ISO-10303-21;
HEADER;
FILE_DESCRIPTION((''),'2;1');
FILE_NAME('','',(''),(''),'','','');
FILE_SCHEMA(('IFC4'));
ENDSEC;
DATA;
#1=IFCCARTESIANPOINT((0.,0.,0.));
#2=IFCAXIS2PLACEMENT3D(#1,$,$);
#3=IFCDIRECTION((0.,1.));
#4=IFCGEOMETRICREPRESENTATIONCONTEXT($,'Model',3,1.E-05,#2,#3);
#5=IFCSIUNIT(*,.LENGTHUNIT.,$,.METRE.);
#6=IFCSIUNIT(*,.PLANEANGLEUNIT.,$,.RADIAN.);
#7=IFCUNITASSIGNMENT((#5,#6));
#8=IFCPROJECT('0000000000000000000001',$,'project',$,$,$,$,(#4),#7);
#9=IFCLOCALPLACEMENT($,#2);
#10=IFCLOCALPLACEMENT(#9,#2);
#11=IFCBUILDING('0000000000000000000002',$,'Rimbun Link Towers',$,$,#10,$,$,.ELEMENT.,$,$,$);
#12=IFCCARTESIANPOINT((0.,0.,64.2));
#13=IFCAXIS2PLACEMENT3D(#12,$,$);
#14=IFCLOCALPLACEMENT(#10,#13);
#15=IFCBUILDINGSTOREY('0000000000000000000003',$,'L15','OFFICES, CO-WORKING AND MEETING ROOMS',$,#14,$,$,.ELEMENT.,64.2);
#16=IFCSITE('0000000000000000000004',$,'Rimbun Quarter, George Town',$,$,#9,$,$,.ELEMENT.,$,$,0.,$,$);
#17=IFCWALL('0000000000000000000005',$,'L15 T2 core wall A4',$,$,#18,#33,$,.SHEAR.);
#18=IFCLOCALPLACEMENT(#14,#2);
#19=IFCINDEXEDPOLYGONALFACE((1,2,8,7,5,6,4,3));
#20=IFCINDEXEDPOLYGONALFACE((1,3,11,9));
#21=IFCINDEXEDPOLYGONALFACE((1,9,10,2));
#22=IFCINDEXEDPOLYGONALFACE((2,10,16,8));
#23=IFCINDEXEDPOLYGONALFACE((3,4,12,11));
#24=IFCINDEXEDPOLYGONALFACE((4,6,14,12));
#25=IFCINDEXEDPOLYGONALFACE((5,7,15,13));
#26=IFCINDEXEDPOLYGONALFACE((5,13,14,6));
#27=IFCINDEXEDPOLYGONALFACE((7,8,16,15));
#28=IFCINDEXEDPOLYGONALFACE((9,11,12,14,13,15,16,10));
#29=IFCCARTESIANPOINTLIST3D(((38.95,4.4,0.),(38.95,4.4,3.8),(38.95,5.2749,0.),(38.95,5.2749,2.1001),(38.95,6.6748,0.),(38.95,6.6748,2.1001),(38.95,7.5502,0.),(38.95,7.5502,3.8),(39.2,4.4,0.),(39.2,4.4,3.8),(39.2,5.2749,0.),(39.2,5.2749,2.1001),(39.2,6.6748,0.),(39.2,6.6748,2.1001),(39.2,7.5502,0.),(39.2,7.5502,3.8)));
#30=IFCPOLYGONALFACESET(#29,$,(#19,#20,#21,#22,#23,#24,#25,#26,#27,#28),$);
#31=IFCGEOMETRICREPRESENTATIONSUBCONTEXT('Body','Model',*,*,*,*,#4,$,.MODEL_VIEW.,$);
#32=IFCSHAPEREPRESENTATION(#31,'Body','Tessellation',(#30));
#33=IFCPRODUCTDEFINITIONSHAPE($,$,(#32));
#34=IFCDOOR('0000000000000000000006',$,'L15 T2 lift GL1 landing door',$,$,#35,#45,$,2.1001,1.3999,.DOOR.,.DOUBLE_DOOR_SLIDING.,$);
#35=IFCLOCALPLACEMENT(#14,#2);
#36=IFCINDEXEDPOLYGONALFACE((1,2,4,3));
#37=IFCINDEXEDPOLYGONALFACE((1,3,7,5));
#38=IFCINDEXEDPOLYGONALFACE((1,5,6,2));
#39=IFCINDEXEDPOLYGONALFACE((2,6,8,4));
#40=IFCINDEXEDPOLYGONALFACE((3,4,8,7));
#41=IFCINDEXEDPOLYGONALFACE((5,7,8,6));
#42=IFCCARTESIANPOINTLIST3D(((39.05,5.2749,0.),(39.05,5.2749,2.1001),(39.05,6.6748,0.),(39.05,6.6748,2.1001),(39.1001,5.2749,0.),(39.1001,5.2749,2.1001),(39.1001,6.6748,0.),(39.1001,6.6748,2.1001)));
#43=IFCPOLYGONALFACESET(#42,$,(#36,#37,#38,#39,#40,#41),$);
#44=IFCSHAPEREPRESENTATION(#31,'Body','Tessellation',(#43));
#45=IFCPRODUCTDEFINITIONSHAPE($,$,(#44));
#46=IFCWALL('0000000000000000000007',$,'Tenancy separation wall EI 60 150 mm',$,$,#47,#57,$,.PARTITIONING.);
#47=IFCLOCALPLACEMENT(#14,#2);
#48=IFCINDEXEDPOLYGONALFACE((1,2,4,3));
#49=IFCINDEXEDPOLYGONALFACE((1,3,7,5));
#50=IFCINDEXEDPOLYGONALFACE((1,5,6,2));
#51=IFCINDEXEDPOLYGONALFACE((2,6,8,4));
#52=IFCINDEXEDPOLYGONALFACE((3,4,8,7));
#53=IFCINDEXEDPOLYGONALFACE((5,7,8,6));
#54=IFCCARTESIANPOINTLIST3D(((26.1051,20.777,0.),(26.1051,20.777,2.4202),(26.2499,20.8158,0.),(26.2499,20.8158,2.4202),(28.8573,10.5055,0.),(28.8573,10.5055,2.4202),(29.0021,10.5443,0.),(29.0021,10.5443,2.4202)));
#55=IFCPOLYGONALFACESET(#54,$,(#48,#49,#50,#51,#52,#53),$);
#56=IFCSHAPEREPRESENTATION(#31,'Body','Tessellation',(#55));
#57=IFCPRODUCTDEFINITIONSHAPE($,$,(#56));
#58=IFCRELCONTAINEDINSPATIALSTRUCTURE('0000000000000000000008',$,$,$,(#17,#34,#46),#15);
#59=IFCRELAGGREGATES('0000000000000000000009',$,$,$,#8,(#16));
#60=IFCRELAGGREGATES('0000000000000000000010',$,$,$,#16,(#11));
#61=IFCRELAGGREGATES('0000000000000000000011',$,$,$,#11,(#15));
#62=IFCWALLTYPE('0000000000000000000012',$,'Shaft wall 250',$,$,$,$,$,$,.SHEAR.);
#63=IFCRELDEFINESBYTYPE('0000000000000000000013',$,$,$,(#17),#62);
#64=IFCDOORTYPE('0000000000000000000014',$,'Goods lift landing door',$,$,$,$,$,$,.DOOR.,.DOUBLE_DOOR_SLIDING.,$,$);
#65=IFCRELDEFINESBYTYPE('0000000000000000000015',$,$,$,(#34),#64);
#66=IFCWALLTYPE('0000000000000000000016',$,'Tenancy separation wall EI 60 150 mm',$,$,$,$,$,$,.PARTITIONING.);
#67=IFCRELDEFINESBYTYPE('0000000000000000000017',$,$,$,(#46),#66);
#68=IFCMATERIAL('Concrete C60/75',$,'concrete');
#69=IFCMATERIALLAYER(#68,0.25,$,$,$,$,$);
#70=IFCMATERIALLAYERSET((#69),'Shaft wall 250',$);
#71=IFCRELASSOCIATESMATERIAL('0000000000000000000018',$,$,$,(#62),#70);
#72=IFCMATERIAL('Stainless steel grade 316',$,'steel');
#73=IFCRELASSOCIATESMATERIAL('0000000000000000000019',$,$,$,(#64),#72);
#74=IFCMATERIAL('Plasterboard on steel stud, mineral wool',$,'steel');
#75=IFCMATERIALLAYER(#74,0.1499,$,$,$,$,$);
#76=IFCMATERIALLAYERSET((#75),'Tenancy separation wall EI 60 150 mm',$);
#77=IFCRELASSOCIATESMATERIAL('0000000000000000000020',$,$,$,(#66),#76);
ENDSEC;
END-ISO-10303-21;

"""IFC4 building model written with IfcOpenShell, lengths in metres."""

from ifc_helpers import new_model, si_unit, direction, frame, frame_2d, origin, place, context, subcontext, project, spatial, rectangle, extrude, material, layer, layer_set, type_object, element, fill, save


model = new_model("IFC4")

# Units and contexts
model_context = context("Model", 3, precision=1e-05, world=origin(), true_north=direction((0.0, 1.0)))
body_context = subcontext(model_context, "Body", "Model", "MODEL_VIEW")
ifc_project = project(units=[si_unit("LENGTHUNIT", "METRE"), si_unit("PLANEANGLEUNIT", "RADIAN")], contexts=[model_context])

# Site, building, storey
site_placement = place(None, origin())
site = spatial("IfcSite", under=ifc_project, at=site_placement, Name="Rimbun Quarter, George Town", CompositionType="ELEMENT", RefElevation=0.0)
building_placement = place(site_placement, origin())
building = spatial("IfcBuilding", under=site, at=building_placement, Name="Rimbun Link Towers", CompositionType="ELEMENT")
storey_placement = place(building_placement, frame((0.0, 0.0, 64.2)))
storey = spatial("IfcBuildingStorey", under=building, at=storey_placement, Name="L15", Description="OFFICES, CO-WORKING AND MEETING ROOMS", CompositionType="ELEMENT", Elevation=64.2)

# Shared definitions
ifc_material_1 = material(Name="Concrete C60/75", Category="concrete")
ifc_layer_1 = layer(ifc_material_1, 0.25)
ifc_layer_set_1 = layer_set([ifc_layer_1], Name="Shaft wall 250")
wall_type_1 = type_object("IfcWallType", Name="Shaft wall 250", PredefinedType="SHEAR", material=ifc_layer_set_1)

# Wall, opening, door
wall_1_placement = place(storey_placement, frame((39.075, 4.3999, 0.0), z_axis=(0.0, 0.0, 1.0), x_axis=(0.0, 1.0, 0.0)))
wall_1 = element("IfcWall", 1, at=wall_1_placement, inside=storey, type_object=wall_type_1, Name="L15 T2 core wall A4", PredefinedType="SHEAR", context=body_context, shape_type="SweptSolid", body=[
    extrude(rectangle(XDim=3.1501, YDim=0.25, at=frame_2d((1.5752, 0.0))), origin(), (0.0, 0.0, 1.0), 3.8),
])
opening_1_placement = place(wall_1_placement, frame((0.875, 0.0, 0.0)))
opening_1 = element("IfcOpeningElement", 2, at=opening_1_placement, cuts=wall_1, PredefinedType="OPENING", context=body_context, shape_type="SweptSolid", body=[
    extrude(rectangle(XDim=1.3999, YDim=2.1001, at=frame_2d((0.7, 1.05))), frame((0.0, 0.135, 0.0), z_axis=(0.0, -1.0, 0.0), x_axis=(1.0, 0.0, 0.0)), (0.0, 0.0, 1.0), 0.27),
])
ifc_material_2 = material(Name="Stainless steel grade 316", Category="steel")
door_type_1 = type_object("IfcDoorType", Name="Goods lift landing door", OperationType="DOUBLE_DOOR_SLIDING", PredefinedType="DOOR", material=ifc_material_2)
door_1_placement = place(opening_1_placement, origin())
door_1 = element("IfcDoor", 3, at=door_1_placement, inside=storey, type_object=door_type_1, Name="L15 T2 lift GL1 landing door", OperationType="DOUBLE_DOOR_SLIDING", OverallHeight=2.1001, OverallWidth=1.3999, PredefinedType="DOOR", context=body_context, shape_type="SweptSolid", body=[
    extrude(rectangle(XDim=1.3999, YDim=2.1001, at=frame_2d((0.7, 1.05))), frame((0.0, 0.0249, 0.0), z_axis=(0.0, -1.0, 0.0), x_axis=(1.0, 0.0, 0.0)), (0.0, 0.0, 1.0), 0.05),
])
fill(opening_1, door_1)

# Wall
ifc_material_3 = material(Name="Plasterboard on steel stud, mineral wool", Category="steel")
ifc_layer_2 = layer(ifc_material_3, 0.1499)
ifc_layer_set_2 = layer_set([ifc_layer_2], Name="Tenancy separation wall EI 60 150 mm")
wall_type_2 = type_object("IfcWallType", Name="Tenancy separation wall EI 60 150 mm", PredefinedType="PARTITIONING", material=ifc_layer_set_2)
wall_2_placement = place(storey_placement, frame((28.9297, 10.5249, 0.0), z_axis=(0.0, 0.0, 1.0), x_axis=(-0.258816, 0.965927, 0.0)))
element("IfcWall", 4, at=wall_2_placement, inside=storey, type_object=wall_type_2, Name="Tenancy separation wall EI 60 150 mm", PredefinedType="PARTITIONING", context=body_context, shape_type="SweptSolid", body=[
    extrude(rectangle(XDim=10.6338, YDim=0.1499, at=frame_2d((5.3169, 0.0))), origin(), (0.0, 0.0, 1.0), 2.4202),
])

save(model, "model.ifc")
